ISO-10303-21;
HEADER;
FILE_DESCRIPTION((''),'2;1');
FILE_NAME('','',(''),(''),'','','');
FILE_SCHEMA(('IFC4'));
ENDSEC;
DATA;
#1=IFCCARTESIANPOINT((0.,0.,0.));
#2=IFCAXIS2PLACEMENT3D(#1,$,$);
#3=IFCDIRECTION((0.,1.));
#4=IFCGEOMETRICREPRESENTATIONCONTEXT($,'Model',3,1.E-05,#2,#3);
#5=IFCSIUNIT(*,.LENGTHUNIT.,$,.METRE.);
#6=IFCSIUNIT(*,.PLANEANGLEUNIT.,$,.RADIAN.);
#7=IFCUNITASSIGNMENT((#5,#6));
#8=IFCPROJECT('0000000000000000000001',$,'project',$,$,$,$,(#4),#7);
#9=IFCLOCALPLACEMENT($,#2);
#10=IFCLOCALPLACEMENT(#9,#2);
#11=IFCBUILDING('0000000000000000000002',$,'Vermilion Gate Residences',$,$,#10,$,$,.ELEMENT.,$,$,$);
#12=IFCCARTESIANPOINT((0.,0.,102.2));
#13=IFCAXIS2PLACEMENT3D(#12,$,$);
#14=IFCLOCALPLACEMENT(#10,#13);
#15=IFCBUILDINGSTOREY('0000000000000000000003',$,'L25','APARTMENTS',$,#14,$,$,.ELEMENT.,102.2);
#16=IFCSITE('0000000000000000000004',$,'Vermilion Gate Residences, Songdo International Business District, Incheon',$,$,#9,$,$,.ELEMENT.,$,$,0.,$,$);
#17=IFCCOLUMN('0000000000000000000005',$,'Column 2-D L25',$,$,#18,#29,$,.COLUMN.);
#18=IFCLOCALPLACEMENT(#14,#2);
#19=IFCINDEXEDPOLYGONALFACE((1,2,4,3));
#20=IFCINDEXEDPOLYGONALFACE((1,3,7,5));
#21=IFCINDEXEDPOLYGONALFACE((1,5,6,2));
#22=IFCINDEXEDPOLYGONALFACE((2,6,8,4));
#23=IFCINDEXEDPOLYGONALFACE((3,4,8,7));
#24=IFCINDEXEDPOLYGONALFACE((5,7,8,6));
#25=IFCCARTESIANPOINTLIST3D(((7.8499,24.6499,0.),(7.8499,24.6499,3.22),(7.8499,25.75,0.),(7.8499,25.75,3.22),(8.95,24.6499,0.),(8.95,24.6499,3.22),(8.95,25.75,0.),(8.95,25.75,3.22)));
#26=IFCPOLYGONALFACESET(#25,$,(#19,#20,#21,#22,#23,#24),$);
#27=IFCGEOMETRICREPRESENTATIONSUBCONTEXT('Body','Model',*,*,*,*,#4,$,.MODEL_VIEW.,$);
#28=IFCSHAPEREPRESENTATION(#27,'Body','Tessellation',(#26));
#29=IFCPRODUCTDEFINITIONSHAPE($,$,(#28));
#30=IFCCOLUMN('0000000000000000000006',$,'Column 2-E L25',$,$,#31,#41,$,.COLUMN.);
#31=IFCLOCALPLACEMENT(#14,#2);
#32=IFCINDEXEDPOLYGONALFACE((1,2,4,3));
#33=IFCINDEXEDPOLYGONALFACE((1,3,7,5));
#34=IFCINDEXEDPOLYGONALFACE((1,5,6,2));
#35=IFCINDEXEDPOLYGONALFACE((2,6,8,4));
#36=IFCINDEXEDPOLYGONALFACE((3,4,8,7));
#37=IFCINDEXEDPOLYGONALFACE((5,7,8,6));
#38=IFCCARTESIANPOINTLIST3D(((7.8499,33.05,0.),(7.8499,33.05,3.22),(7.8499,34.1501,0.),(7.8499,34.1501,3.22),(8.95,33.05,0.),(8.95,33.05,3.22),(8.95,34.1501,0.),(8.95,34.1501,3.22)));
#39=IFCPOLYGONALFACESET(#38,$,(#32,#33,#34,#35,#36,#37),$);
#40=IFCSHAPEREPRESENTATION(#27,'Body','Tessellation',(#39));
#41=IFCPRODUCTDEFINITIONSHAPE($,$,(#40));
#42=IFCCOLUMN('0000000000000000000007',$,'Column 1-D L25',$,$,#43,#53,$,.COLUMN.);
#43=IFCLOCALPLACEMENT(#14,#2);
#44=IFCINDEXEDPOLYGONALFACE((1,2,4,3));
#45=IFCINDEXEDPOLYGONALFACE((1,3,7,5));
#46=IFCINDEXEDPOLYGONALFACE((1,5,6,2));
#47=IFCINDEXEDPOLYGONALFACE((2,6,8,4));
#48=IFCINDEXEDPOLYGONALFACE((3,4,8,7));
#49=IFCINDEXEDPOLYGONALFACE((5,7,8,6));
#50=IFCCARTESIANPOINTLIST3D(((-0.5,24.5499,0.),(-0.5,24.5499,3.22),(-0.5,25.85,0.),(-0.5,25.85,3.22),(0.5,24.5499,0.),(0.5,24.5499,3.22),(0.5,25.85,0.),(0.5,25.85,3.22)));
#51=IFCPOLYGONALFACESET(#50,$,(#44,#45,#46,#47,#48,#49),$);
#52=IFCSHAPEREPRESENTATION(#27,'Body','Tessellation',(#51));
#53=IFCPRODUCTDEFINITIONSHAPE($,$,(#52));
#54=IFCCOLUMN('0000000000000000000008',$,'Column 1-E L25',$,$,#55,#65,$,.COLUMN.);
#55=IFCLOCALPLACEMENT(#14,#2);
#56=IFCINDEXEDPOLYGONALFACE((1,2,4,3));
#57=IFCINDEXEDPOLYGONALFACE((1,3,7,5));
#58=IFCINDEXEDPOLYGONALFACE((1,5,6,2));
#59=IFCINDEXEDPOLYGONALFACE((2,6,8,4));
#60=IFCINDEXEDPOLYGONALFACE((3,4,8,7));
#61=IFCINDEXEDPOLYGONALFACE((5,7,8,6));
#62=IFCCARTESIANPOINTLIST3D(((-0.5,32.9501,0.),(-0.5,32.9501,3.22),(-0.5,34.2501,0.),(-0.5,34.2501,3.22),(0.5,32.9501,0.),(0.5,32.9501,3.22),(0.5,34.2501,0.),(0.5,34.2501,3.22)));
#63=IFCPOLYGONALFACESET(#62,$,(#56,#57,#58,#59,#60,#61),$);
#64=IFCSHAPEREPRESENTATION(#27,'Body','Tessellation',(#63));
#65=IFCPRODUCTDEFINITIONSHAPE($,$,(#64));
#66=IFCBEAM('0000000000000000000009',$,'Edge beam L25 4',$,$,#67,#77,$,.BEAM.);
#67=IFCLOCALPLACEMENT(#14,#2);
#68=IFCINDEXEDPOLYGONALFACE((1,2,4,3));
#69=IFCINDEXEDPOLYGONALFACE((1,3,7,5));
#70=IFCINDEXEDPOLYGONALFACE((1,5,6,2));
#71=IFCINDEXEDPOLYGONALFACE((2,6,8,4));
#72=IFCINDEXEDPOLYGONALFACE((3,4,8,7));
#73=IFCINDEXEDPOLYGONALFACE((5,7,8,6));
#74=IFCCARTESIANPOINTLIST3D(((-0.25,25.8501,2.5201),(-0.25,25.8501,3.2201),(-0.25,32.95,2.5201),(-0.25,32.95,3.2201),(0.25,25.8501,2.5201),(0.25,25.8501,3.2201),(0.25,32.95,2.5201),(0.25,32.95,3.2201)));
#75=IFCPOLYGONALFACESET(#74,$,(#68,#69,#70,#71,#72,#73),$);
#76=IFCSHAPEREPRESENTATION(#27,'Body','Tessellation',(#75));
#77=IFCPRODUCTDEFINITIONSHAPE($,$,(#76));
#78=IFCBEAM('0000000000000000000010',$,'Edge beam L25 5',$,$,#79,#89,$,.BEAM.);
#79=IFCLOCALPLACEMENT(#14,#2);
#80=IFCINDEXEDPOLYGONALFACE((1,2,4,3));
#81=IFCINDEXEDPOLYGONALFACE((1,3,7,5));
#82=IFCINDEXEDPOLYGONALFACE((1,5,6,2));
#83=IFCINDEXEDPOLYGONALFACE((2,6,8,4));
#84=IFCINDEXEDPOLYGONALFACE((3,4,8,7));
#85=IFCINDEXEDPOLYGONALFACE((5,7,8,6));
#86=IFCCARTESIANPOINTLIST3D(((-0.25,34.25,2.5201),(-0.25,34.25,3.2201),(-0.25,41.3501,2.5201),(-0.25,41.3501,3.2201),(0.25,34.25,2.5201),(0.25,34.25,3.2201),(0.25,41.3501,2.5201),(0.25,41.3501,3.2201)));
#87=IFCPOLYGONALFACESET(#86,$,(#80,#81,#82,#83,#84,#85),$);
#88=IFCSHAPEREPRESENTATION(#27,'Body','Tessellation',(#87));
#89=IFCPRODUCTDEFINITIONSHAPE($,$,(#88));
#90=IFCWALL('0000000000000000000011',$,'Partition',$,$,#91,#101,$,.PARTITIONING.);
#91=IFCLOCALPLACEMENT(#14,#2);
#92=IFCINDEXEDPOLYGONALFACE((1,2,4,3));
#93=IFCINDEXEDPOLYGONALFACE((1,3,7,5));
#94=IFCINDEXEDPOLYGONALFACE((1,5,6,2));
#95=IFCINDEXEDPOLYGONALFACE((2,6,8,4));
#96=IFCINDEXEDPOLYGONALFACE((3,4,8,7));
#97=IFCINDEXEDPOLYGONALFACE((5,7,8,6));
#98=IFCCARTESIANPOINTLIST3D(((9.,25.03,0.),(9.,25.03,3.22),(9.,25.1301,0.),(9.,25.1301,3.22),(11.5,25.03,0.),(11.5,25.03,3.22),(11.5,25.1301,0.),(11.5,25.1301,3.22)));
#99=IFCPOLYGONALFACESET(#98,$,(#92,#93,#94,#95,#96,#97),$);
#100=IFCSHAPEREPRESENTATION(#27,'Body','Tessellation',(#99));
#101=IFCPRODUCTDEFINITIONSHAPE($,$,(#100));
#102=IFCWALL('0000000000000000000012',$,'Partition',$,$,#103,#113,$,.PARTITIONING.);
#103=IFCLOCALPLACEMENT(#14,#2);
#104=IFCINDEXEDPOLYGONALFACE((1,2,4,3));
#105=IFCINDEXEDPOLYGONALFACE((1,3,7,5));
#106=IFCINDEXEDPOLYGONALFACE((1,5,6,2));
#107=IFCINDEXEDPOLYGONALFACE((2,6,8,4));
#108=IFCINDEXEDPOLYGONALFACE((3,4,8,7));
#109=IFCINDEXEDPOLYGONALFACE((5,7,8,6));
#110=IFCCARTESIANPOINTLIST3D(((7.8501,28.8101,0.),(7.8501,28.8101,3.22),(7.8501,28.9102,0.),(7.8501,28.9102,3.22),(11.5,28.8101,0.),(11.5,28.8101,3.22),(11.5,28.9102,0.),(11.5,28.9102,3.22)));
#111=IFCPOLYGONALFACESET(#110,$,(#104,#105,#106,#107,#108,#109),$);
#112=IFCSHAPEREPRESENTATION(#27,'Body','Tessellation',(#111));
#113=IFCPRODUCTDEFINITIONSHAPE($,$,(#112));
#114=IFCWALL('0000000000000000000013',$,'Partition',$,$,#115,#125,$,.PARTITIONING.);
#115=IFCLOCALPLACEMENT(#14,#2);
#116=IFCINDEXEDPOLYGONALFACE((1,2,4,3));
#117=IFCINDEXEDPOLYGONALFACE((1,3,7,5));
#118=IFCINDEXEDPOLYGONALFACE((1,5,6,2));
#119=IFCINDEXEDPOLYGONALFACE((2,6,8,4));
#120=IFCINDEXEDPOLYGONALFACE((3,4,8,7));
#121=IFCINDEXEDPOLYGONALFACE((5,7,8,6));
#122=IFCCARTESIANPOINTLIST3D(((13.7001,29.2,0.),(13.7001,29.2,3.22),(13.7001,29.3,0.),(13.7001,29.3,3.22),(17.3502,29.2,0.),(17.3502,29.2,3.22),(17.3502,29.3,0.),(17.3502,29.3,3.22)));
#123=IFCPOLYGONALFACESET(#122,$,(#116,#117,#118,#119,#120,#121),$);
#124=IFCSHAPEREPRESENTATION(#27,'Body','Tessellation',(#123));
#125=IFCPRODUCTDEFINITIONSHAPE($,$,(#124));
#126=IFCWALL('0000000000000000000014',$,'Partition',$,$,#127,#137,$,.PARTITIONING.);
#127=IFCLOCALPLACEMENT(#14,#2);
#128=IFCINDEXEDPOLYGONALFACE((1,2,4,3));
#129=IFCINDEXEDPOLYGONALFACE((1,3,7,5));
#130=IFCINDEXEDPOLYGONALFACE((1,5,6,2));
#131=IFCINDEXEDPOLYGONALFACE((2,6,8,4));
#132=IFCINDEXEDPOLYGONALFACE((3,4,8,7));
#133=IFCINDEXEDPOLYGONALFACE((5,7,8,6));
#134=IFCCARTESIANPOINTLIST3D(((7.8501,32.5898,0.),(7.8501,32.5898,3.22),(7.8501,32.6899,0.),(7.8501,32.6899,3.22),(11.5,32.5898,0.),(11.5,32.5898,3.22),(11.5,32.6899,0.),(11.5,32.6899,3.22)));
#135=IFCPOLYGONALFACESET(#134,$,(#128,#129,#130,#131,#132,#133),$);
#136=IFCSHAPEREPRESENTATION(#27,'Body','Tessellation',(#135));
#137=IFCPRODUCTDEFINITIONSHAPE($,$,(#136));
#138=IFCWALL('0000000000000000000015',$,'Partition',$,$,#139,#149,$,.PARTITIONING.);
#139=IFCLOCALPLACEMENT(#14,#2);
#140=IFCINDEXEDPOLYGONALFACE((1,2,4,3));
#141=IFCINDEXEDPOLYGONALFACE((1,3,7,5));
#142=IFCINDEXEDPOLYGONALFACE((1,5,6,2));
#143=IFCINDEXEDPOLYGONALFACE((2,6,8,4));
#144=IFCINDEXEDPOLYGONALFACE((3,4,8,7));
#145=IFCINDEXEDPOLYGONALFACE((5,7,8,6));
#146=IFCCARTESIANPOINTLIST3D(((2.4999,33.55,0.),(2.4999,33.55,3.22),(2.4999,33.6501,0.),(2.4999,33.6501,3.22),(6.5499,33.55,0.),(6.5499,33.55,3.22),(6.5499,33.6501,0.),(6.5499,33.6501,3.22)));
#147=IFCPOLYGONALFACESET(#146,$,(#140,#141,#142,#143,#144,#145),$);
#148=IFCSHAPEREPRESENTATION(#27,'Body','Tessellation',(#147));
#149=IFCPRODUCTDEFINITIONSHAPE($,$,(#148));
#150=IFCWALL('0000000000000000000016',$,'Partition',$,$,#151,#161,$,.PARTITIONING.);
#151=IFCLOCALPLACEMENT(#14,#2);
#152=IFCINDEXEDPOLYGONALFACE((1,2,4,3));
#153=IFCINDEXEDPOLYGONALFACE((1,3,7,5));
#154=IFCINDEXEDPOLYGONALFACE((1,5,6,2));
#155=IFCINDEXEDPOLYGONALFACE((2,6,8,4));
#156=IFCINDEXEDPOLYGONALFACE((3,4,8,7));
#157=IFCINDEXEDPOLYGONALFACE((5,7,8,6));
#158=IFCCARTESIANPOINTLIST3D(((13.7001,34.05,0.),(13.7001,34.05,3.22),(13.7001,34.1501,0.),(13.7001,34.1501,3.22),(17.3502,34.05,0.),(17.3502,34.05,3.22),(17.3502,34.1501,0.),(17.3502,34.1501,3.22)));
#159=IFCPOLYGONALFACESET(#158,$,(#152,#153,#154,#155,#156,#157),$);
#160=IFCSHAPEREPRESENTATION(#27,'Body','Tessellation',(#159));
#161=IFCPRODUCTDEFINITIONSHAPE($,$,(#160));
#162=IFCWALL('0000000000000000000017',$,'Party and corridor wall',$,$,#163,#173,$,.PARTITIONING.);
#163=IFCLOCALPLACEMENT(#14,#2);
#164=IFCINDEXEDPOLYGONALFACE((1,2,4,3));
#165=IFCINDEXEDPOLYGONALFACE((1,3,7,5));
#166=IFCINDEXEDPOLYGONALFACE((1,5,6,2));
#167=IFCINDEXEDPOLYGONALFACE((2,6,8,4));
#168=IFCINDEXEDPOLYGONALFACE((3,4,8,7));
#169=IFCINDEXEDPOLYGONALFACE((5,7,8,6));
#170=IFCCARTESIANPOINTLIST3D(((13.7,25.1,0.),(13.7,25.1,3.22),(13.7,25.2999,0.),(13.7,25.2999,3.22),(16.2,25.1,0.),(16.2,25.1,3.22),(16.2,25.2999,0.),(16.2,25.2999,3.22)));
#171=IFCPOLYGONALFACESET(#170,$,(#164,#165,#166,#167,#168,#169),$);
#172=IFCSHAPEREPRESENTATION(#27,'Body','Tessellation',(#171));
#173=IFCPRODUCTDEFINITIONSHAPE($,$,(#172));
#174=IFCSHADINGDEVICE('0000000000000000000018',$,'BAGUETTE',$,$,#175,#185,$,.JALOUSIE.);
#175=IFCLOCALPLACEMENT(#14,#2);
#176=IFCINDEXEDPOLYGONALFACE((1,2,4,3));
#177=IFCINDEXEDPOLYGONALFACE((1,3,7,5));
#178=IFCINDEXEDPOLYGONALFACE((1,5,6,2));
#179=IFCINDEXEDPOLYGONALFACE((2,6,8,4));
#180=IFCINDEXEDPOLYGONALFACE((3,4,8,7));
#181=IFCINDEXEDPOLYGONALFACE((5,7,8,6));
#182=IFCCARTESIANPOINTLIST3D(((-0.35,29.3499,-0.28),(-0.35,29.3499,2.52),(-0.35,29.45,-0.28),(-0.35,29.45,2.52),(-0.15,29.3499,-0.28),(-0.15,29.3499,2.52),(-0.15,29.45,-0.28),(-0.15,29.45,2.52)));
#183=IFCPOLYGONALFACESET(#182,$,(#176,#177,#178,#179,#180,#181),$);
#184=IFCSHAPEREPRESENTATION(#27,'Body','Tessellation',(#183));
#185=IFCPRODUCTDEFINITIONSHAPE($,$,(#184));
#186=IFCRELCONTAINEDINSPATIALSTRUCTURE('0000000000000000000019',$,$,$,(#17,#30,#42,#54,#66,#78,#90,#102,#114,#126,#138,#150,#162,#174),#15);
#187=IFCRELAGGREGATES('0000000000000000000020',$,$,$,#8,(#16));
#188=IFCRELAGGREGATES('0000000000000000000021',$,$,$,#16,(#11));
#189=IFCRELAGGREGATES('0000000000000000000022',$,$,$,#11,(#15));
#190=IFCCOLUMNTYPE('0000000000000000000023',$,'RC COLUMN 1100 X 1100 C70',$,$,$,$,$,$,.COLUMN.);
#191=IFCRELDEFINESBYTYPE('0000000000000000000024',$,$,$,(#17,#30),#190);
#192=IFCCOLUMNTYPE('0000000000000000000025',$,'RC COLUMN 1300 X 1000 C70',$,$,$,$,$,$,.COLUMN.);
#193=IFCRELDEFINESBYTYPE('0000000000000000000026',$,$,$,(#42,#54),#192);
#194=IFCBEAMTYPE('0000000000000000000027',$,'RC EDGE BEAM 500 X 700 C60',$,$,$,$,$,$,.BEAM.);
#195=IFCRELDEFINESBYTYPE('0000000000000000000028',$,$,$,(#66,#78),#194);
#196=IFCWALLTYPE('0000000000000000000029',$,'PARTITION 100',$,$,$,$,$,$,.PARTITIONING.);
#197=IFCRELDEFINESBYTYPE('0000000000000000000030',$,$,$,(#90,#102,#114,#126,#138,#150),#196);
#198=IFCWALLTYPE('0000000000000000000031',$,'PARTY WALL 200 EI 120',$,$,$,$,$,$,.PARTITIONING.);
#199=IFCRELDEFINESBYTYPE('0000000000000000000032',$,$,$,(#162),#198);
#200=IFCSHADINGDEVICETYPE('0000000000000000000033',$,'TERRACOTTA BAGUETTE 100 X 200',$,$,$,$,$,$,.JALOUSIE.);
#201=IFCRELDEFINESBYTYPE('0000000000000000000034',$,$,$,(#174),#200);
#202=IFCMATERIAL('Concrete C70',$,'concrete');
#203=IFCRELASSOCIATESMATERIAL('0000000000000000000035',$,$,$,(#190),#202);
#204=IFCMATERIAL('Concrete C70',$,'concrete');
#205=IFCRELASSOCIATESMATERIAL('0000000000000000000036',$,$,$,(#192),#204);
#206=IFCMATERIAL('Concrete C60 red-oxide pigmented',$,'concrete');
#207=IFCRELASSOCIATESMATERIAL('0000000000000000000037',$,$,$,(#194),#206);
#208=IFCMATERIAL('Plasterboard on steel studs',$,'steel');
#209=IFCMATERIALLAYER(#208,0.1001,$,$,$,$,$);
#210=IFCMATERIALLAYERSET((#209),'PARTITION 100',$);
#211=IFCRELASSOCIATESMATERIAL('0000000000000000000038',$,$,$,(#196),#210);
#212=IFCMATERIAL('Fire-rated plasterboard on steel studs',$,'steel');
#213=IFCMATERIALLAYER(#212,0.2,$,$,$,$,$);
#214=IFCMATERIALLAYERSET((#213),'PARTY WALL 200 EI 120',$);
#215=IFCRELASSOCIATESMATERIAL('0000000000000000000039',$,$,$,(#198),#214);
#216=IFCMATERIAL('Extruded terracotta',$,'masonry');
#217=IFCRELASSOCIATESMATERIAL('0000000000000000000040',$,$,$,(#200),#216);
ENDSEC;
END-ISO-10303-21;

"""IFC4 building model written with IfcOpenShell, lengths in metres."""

from ifc_helpers import new_model, si_unit, direction, frame, frame_2d, origin, origin_2d, place, context, subcontext, project, spatial, rectangle, extrude, material, layer, layer_set, material_profile, profile_set, type_object, element, save


model = new_model("IFC4")

# Units and contexts
model_context = context("Model", 3, precision=1e-05, world=origin(), true_north=direction((0.0, 1.0)))
body_context = subcontext(model_context, "Body", "Model", "MODEL_VIEW")
ifc_project = project(units=[si_unit("LENGTHUNIT", "METRE"), si_unit("PLANEANGLEUNIT", "RADIAN")], contexts=[model_context])

# Site, building, storey
site_placement = place(None, origin())
site = spatial("IfcSite", under=ifc_project, at=site_placement, Name="Vermilion Gate Residences, Songdo International Business District, Incheon", CompositionType="ELEMENT", RefElevation=0.0)
building_placement = place(site_placement, origin())
building = spatial("IfcBuilding", under=site, at=building_placement, Name="Vermilion Gate Residences", CompositionType="ELEMENT")
storey_placement = place(building_placement, frame((0.0, 0.0, 102.2)))
storey = spatial("IfcBuildingStorey", under=building, at=storey_placement, Name="L25", Description="APARTMENTS", CompositionType="ELEMENT", Elevation=102.2)

# Columns
ifc_material_1 = material(Name="Concrete C70", Category="concrete")
ifc_material_profile_1 = material_profile(ifc_material_1, rectangle(XDim=1.1001, YDim=1.1001, at=origin_2d()), Name="RC-1100x1100")
ifc_profile_set_1 = profile_set([ifc_material_profile_1], Name="Concrete C70")
column_type_1 = type_object("IfcColumnType", Name="RC COLUMN 1100 X 1100 C70", PredefinedType="COLUMN", material=ifc_profile_set_1)
for number, where, z_axis, x_axis, name in (
    (1, (8.3999, 25.2, 0.0), (0.0, 0.0, 1.0), (1.0, 0.0, 0.0), "Column 2-D L25"),
    (2, (8.3999, 33.6001, 0.0), (0.0, 0.0, 1.0), (1.0, 0.0, 0.0), "Column 2-E L25"),
):
    element("IfcColumn", number, at=place(storey_placement, frame(where, z_axis=z_axis, x_axis=x_axis)), inside=storey, type_object=column_type_1, Name=name, PredefinedType="COLUMN", context=body_context, shape_type="SweptSolid", body=[
        extrude(rectangle(XDim=1.1001, YDim=1.1001, at=origin_2d()), origin(), (0.0, 0.0, 1.0), 3.22),
    ])
ifc_material_2 = material(Name="Concrete C70", Category="concrete")
ifc_material_profile_2 = material_profile(ifc_material_2, rectangle(XDim=1.3, YDim=1.0, at=origin_2d()), Name="RC-1300x1000")
ifc_profile_set_2 = profile_set([ifc_material_profile_2], Name="Concrete C70")
column_type_2 = type_object("IfcColumnType", Name="RC COLUMN 1300 X 1000 C70", PredefinedType="COLUMN", material=ifc_profile_set_2)
for number, where, z_axis, x_axis, name in (
    (3, (0.0, 25.2, 0.0), (0.0, 0.0, 1.0), (0.0, 1.0, 0.0), "Column 1-D L25"),
    (4, (0.0, 33.6001, 0.0), (0.0, 0.0, 1.0), (0.0, 1.0, 0.0), "Column 1-E L25"),
):
    element("IfcColumn", number, at=place(storey_placement, frame(where, z_axis=z_axis, x_axis=x_axis)), inside=storey, type_object=column_type_2, Name=name, PredefinedType="COLUMN", context=body_context, shape_type="SweptSolid", body=[
        extrude(rectangle(XDim=1.3, YDim=1.0, at=origin_2d()), origin(), (0.0, 0.0, 1.0), 3.22),
    ])

# Beams
ifc_material_3 = material(Name="Concrete C60 red-oxide pigmented", Category="concrete")
ifc_material_profile_3 = material_profile(ifc_material_3, rectangle(XDim=0.5, YDim=0.7, at=origin_2d()), Name="RC-500x700")
ifc_profile_set_3 = profile_set([ifc_material_profile_3], Name="Concrete C60 red-oxide pigmented")
beam_type = type_object("IfcBeamType", Name="RC EDGE BEAM 500 X 700 C60", PredefinedType="BEAM", material=ifc_profile_set_3)
beam_1_placement = place(storey_placement, frame((0.0, 25.8501, 2.8701), z_axis=(0.0, 1.0, 0.0), x_axis=(-1.0, 0.0, 0.0)))
element("IfcBeam", 5, at=beam_1_placement, inside=storey, type_object=beam_type, Name="Edge beam L25 4", PredefinedType="BEAM", context=body_context, shape_type="SweptSolid", body=[
    extrude(rectangle(XDim=0.5, YDim=0.7, at=origin_2d()), origin(), (0.0, 0.0, 1.0), 7.0999),
])
beam_2_placement = place(storey_placement, frame((0.0, 34.25, 2.8701), z_axis=(0.0, 1.0, 0.0), x_axis=(-1.0, 0.0, 0.0)))
element("IfcBeam", 6, at=beam_2_placement, inside=storey, type_object=beam_type, Name="Edge beam L25 5", PredefinedType="BEAM", context=body_context, shape_type="SweptSolid", body=[
    extrude(rectangle(XDim=0.5, YDim=0.7, at=origin_2d()), origin(), (0.0, 0.0, 1.0), 7.1001),
])

# Walls
ifc_material_4 = material(Name="Plasterboard on steel studs", Category="steel")
ifc_layer_1 = layer(ifc_material_4, 0.1001)
ifc_layer_set_1 = layer_set([ifc_layer_1], Name="PARTITION 100")
wall_type_1 = type_object("IfcWallType", Name="PARTITION 100", PredefinedType="PARTITIONING", material=ifc_layer_set_1)
wall_1_placement = place(storey_placement, frame((9.0, 25.0801, 0.0), z_axis=(0.0, 0.0, 1.0), x_axis=(1.0, 0.0, 0.0)))
element("IfcWall", 7, at=wall_1_placement, inside=storey, type_object=wall_type_1, Name="Partition", PredefinedType="PARTITIONING", context=body_context, shape_type="SweptSolid", body=[
    extrude(rectangle(XDim=2.5, YDim=0.1001, at=frame_2d((1.25, 0.0))), origin(), (0.0, 0.0, 1.0), 3.22),
])
wall_2_placement = place(storey_placement, frame((7.8501, 28.8601, 0.0), z_axis=(0.0, 0.0, 1.0), x_axis=(1.0, 0.0, 0.0)))
element("IfcWall", 8, at=wall_2_placement, inside=storey, type_object=wall_type_1, Name="Partition", PredefinedType="PARTITIONING", context=body_context, shape_type="SweptSolid", body=[
    extrude(rectangle(XDim=3.6499, YDim=0.1001, at=frame_2d((1.825, 0.0))), origin(), (0.0, 0.0, 1.0), 3.22),
])
wall_3_placement = place(storey_placement, frame((13.7, 29.25, 0.0), z_axis=(0.0, 0.0, 1.0), x_axis=(1.0, 0.0, 0.0)))
element("IfcWall", 9, at=wall_3_placement, inside=storey, type_object=wall_type_1, Name="Partition", PredefinedType="PARTITIONING", context=body_context, shape_type="SweptSolid", body=[
    extrude(rectangle(XDim=3.6501, YDim=0.1001, at=frame_2d((1.8252, 0.0))), origin(), (0.0, 0.0, 1.0), 3.22),
])
wall_4_placement = place(storey_placement, frame((7.8501, 32.6399, 0.0), z_axis=(0.0, 0.0, 1.0), x_axis=(1.0, 0.0, 0.0)))
element("IfcWall", 10, at=wall_4_placement, inside=storey, type_object=wall_type_1, Name="Partition", PredefinedType="PARTITIONING", context=body_context, shape_type="SweptSolid", body=[
    extrude(rectangle(XDim=3.6499, YDim=0.1001, at=frame_2d((1.825, 0.0))), origin(), (0.0, 0.0, 1.0), 3.22),
])
wall_5_placement = place(storey_placement, frame((2.5, 33.6001, 0.0), z_axis=(0.0, 0.0, 1.0), x_axis=(1.0, 0.0, 0.0)))
element("IfcWall", 11, at=wall_5_placement, inside=storey, type_object=wall_type_1, Name="Partition", PredefinedType="PARTITIONING", context=body_context, shape_type="SweptSolid", body=[
    extrude(rectangle(XDim=4.05, YDim=0.1001, at=frame_2d((2.0249, 0.0))), origin(), (0.0, 0.0, 1.0), 3.22),
])
wall_6_placement = place(storey_placement, frame((13.7, 34.1001, 0.0), z_axis=(0.0, 0.0, 1.0), x_axis=(1.0, 0.0, 0.0)))
element("IfcWall", 12, at=wall_6_placement, inside=storey, type_object=wall_type_1, Name="Partition", PredefinedType="PARTITIONING", context=body_context, shape_type="SweptSolid", body=[
    extrude(rectangle(XDim=3.6501, YDim=0.1001, at=frame_2d((1.8252, 0.0))), origin(), (0.0, 0.0, 1.0), 3.22),
])
ifc_material_5 = material(Name="Fire-rated plasterboard on steel studs", Category="steel")
ifc_layer_2 = layer(ifc_material_5, 0.2)
ifc_layer_set_2 = layer_set([ifc_layer_2], Name="PARTY WALL 200 EI 120")
wall_type_2 = type_object("IfcWallType", Name="PARTY WALL 200 EI 120", PredefinedType="PARTITIONING", material=ifc_layer_set_2)
wall_7_placement = place(storey_placement, frame((13.7, 25.2, 0.0), z_axis=(0.0, 0.0, 1.0), x_axis=(1.0, 0.0, 0.0)))
element("IfcWall", 13, at=wall_7_placement, inside=storey, type_object=wall_type_2, Name="Party and corridor wall", PredefinedType="PARTITIONING", context=body_context, shape_type="SweptSolid", body=[
    extrude(rectangle(XDim=2.5, YDim=0.2, at=frame_2d((1.25, 0.0))), origin(), (0.0, 0.0, 1.0), 3.22),
])

# Shading device
ifc_material_6 = material(Name="Extruded terracotta", Category="masonry")
ifc_material_profile_4 = material_profile(ifc_material_6, rectangle(XDim=0.2, YDim=0.1001, at=origin_2d()), Name="BAGUETTE 100 X 200")
ifc_profile_set_4 = profile_set([ifc_material_profile_4], Name="Extruded terracotta")
shading_device_type = type_object("IfcShadingDeviceType", Name="TERRACOTTA BAGUETTE 100 X 200", PredefinedType="JALOUSIE", material=ifc_profile_set_4)
shading_device_placement = place(storey_placement, frame((-0.25, 29.3999, -0.28), z_axis=(0.0, 0.0, 1.0), x_axis=(1.0, 0.0, 0.0)))
element("IfcShadingDevice", 14, at=shading_device_placement, inside=storey, type_object=shading_device_type, Name="BAGUETTE", PredefinedType="JALOUSIE", context=body_context, shape_type="SweptSolid", body=[
    extrude(rectangle(XDim=0.2, YDim=0.1001, at=origin_2d()), origin(), (0.0, 0.0, 1.0), 2.8),
])

save(model, "model.ifc")
